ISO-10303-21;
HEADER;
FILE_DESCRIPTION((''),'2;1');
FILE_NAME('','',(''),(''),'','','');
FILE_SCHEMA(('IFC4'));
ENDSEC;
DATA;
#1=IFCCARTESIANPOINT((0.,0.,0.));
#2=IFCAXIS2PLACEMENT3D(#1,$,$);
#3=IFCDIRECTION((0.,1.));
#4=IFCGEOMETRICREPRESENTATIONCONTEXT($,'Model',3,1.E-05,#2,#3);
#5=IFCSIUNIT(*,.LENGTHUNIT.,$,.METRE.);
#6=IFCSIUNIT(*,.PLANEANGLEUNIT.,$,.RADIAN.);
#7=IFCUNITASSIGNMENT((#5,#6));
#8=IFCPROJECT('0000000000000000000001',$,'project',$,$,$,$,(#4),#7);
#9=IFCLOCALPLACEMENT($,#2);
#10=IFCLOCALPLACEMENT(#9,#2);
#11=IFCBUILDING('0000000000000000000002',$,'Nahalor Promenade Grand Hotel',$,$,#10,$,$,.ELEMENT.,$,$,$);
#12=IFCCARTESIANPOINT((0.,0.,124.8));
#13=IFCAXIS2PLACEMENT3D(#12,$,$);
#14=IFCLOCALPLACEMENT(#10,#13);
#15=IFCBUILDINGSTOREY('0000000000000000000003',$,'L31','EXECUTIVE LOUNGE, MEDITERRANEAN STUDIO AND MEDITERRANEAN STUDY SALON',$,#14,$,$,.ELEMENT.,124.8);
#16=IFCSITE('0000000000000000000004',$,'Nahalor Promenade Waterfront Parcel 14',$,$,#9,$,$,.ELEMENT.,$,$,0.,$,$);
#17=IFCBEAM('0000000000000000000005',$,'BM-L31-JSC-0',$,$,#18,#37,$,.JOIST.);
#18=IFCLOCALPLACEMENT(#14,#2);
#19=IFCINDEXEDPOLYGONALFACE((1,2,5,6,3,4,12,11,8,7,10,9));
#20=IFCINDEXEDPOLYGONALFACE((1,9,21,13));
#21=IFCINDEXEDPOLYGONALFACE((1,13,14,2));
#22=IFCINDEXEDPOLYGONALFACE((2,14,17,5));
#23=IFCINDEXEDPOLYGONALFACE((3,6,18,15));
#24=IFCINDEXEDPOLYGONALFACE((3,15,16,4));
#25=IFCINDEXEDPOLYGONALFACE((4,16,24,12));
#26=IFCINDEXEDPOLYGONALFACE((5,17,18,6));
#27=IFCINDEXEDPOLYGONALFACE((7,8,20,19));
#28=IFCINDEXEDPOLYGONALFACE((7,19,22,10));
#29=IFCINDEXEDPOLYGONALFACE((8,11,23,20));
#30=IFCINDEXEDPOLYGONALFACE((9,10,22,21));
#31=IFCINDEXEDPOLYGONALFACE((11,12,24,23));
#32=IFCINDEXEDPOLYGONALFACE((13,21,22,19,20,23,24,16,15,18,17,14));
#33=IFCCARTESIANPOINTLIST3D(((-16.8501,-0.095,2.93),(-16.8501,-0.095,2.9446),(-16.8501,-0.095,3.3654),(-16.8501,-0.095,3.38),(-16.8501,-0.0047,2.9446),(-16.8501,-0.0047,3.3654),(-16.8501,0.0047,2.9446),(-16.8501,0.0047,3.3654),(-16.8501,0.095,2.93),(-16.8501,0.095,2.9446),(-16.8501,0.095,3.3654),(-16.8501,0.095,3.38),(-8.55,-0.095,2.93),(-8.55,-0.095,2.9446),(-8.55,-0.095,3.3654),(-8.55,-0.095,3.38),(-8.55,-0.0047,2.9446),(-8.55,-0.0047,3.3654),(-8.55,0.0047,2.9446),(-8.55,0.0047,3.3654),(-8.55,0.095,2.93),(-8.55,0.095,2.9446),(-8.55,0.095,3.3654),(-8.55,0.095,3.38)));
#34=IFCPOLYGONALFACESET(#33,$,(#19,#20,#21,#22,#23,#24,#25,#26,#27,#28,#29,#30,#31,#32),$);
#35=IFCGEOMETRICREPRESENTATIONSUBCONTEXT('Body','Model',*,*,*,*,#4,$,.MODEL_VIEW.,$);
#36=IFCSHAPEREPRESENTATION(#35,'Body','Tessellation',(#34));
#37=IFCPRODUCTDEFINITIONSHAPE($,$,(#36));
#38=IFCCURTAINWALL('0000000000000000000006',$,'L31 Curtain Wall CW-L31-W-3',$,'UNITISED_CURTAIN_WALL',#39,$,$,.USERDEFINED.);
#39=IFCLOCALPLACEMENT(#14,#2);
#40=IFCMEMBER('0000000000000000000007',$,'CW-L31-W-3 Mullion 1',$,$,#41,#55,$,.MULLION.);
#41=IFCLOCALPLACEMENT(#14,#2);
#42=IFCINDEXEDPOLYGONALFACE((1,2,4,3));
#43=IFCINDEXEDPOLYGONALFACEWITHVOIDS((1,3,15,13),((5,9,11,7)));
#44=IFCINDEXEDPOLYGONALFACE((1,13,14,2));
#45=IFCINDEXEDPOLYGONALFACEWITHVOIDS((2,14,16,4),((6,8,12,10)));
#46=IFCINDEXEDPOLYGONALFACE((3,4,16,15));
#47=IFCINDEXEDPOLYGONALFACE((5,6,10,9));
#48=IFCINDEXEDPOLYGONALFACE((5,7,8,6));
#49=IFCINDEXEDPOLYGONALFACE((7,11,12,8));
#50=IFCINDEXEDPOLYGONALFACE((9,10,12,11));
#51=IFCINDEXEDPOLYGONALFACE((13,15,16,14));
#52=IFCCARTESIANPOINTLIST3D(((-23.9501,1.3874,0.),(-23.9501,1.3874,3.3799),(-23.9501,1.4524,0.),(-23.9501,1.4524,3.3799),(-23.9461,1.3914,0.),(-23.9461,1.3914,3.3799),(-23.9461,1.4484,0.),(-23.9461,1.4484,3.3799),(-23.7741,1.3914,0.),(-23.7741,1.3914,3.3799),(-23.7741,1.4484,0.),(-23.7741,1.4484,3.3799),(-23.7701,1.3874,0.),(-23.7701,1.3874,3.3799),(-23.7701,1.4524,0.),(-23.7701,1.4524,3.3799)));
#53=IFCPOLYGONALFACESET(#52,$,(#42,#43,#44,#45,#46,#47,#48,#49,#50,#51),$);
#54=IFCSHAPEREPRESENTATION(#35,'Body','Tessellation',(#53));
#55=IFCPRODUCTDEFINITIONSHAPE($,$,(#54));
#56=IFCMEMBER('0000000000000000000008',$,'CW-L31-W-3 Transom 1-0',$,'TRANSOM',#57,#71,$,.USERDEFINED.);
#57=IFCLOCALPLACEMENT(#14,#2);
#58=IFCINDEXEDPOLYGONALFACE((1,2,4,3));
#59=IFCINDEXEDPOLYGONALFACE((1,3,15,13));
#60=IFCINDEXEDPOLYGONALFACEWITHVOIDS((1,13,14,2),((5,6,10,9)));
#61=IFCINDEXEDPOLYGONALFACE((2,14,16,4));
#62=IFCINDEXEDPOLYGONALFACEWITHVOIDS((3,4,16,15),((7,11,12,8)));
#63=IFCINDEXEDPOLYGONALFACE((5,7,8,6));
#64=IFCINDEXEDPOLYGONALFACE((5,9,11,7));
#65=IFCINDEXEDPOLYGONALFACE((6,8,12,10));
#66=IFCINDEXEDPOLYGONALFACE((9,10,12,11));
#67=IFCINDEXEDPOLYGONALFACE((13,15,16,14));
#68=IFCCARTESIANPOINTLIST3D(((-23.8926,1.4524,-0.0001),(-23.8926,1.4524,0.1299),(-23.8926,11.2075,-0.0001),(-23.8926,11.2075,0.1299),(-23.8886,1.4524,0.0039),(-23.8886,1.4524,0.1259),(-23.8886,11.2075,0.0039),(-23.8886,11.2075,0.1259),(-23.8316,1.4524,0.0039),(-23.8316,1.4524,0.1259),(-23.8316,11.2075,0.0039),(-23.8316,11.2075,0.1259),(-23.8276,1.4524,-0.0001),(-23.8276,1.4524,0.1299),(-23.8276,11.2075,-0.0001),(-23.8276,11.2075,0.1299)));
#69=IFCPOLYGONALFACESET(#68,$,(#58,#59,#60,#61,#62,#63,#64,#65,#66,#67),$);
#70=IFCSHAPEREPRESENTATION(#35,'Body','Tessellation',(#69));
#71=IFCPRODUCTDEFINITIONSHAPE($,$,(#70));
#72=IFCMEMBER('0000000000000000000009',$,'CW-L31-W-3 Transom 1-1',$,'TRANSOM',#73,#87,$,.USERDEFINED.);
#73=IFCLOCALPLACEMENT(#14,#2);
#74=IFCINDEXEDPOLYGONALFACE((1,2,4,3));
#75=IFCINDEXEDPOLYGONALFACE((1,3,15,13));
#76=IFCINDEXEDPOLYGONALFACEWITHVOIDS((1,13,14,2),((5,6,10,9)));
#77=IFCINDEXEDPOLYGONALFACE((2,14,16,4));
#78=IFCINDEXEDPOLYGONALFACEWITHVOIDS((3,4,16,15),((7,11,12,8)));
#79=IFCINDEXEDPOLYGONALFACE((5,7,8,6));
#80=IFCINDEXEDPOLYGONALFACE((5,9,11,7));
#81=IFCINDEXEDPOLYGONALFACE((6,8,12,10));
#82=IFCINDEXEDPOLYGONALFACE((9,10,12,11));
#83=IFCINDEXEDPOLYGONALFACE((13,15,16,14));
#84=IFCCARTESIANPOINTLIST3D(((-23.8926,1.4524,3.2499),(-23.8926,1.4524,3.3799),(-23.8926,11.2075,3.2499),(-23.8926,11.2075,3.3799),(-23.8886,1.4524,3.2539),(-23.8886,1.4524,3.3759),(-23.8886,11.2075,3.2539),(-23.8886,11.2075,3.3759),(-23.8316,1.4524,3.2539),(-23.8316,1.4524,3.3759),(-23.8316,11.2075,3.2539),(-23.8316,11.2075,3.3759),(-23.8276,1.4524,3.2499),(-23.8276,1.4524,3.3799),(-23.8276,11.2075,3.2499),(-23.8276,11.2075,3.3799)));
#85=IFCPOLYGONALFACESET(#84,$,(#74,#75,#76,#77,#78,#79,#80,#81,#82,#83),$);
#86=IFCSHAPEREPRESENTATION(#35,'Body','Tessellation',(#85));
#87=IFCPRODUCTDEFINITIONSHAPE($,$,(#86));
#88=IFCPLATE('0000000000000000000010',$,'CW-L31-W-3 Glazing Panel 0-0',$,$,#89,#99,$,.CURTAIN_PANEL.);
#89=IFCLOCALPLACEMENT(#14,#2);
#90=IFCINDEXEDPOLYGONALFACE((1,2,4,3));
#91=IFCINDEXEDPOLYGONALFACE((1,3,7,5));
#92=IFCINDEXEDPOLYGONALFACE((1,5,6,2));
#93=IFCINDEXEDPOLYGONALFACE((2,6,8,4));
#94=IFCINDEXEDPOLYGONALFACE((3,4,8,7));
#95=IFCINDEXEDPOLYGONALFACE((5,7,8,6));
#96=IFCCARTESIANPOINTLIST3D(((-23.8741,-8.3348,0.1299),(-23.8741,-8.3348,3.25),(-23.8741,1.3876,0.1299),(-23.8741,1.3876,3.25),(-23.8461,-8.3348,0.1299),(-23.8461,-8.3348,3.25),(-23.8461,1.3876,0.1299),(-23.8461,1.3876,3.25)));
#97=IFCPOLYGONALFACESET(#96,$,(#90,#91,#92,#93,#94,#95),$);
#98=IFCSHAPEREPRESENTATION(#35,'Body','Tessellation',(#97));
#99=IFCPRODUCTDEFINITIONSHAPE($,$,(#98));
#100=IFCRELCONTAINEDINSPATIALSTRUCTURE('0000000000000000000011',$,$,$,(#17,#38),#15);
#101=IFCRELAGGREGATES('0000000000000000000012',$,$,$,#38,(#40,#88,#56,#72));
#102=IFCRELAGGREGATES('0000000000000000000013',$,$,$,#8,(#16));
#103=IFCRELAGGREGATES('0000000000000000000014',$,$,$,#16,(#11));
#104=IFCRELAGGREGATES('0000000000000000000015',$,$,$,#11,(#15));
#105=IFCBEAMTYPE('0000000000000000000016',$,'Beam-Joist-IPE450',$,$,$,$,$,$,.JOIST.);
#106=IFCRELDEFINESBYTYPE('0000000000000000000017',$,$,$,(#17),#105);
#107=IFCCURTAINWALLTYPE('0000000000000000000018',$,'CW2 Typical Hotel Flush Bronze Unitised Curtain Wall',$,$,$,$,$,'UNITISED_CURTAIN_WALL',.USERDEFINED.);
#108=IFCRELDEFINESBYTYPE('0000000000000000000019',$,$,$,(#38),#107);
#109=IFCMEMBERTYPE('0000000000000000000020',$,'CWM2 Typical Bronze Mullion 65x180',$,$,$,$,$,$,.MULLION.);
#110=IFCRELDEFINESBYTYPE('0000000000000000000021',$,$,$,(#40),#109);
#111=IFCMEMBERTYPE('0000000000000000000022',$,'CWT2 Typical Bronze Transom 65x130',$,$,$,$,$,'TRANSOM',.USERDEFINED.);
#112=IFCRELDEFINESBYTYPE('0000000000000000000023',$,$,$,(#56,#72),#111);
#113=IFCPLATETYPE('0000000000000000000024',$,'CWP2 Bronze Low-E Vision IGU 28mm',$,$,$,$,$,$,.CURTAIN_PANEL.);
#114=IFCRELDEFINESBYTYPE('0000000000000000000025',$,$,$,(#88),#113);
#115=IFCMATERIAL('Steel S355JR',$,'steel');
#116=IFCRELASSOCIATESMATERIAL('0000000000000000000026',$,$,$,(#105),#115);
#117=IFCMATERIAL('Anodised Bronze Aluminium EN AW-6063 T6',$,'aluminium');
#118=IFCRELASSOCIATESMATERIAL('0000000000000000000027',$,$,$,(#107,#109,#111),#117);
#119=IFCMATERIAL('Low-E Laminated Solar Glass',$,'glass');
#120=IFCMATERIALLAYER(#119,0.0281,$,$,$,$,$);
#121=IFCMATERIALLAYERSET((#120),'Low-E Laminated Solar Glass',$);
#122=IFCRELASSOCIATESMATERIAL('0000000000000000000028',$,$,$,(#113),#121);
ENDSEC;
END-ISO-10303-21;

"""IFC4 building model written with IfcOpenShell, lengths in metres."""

from ifc_helpers import new_model, si_unit, direction, frame, origin, origin_2d, place, context, subcontext, project, spatial, rectangle, hollow_rectangle, i_section, extrude, source, transform, mapped, material, layer, layer_set, material_profile, profile_set, type_object, element, aggregate, save


model = new_model("IFC4")

# Units and contexts
model_context = context("Model", 3, precision=1e-05, world=origin(), true_north=direction((0.0, 1.0)))
body_context = subcontext(model_context, "Body", "Model", "MODEL_VIEW")
ifc_project = project(units=[si_unit("LENGTHUNIT", "METRE"), si_unit("PLANEANGLEUNIT", "RADIAN")], contexts=[model_context])

# Site, building, storey
site_placement = place(None, origin())
site = spatial("IfcSite", under=ifc_project, at=site_placement, Name="Nahalor Promenade Waterfront Parcel 14", CompositionType="ELEMENT", RefElevation=0.0)
building_placement = place(site_placement, origin())
building = spatial("IfcBuilding", under=site, at=building_placement, Name="Nahalor Promenade Grand Hotel", CompositionType="ELEMENT")
storey_placement = place(building_placement, frame((0.0, 0.0, 124.8)))
storey = spatial("IfcBuildingStorey", under=building, at=storey_placement, Name="L31", Description="EXECUTIVE LOUNGE, MEDITERRANEAN STUDIO AND MEDITERRANEAN STUDY SALON", CompositionType="ELEMENT", Elevation=124.8)

# Beam
ifc_material_1 = material(Name="Steel S355JR", Category="steel")
ifc_material_profile_1 = material_profile(ifc_material_1, i_section(OverallWidth=0.19, OverallDepth=0.45, WebThickness=0.0094, FlangeThickness=0.0146, at=origin_2d()), Name="IPE 450")
ifc_profile_set_1 = profile_set([ifc_material_profile_1], Name="Steel S355JR")
beam_type = type_object("IfcBeamType", Name="Beam-Joist-IPE450", PredefinedType="JOIST", material=ifc_profile_set_1)
shared_shape_1 = source(origin(), body_context, "Body", "SweptSolid", [
    extrude(i_section(OverallWidth=0.19, OverallDepth=0.45, WebThickness=0.0094, FlangeThickness=0.0146, at=origin_2d()), origin(), (0.0, 0.0, 1.0), 8.3),
])
beam_placement = place(storey_placement, frame((-16.8501, 0.0, 3.155), z_axis=(1.0, 0.0, 0.0), x_axis=(0.0, 1.0, 0.0)))
element("IfcBeam", 1, at=beam_placement, inside=storey, type_object=beam_type, Name="BM-L31-JSC-0", PredefinedType="JOIST", context=body_context, shape_type="MappedRepresentation", body=[
    mapped(shared_shape_1, transform((0.0, 0.0, 0.0), scale=1.0)),
])

# Curtain wall, members, plate
ifc_material_2 = material(Name="Anodised Bronze Aluminium EN AW-6063 T6", Category="aluminium")
curtain_wall_type = type_object("IfcCurtainWallType", Name="CW2 Typical Hotel Flush Bronze Unitised Curtain Wall", ElementType="UNITISED_CURTAIN_WALL", PredefinedType="USERDEFINED", material=ifc_material_2)
curtain_wall_placement = place(storey_placement, origin())
curtain_wall = element("IfcCurtainWall", 2, at=curtain_wall_placement, inside=storey, type_object=curtain_wall_type, Name="L31 Curtain Wall CW-L31-W-3", ObjectType="UNITISED_CURTAIN_WALL", PredefinedType="USERDEFINED")
ifc_material_profile_2 = material_profile(ifc_material_2, hollow_rectangle(XDim=0.065, YDim=0.18, WallThickness=0.004, at=origin_2d()), Name="CWM 65x180x4")
ifc_profile_set_2 = profile_set([ifc_material_profile_2], Name="Anodised Bronze Aluminium EN AW-6063 T6")
member_type_1 = type_object("IfcMemberType", Name="CWM2 Typical Bronze Mullion 65x180", PredefinedType="MULLION", material=ifc_profile_set_2)
shared_shape_2 = source(origin(), body_context, "Body", "SweptSolid", [
    extrude(hollow_rectangle(XDim=0.065, YDim=0.18, WallThickness=0.004, at=origin_2d()), origin(), (0.0, 0.0, 1.0), 3.3799),
])
member_1_placement = place(storey_placement, frame((-23.8601, 1.4199, 0.0), z_axis=(0.0, 0.0, 1.0), x_axis=(0.0, 1.0, 0.0)))
member_1 = element("IfcMember", 3, at=member_1_placement, type_object=member_type_1, Name="CW-L31-W-3 Mullion 1", PredefinedType="MULLION", context=body_context, shape_type="MappedRepresentation", body=[
    mapped(shared_shape_2, transform((0.0, 0.0, 0.0), scale=1.0)),
])
ifc_material_profile_3 = material_profile(ifc_material_2, hollow_rectangle(XDim=0.065, YDim=0.13, WallThickness=0.004, at=origin_2d()), Name="CWT 65x130x4")
ifc_profile_set_3 = profile_set([ifc_material_profile_3], Name="Anodised Bronze Aluminium EN AW-6063 T6")
member_type_2 = type_object("IfcMemberType", Name="CWT2 Typical Bronze Transom 65x130", ElementType="TRANSOM", PredefinedType="USERDEFINED", material=ifc_profile_set_3)
shared_shape_3 = source(origin(), body_context, "Body", "SweptSolid", [
    extrude(hollow_rectangle(XDim=0.065, YDim=0.13, WallThickness=0.004, at=origin_2d()), origin(), (0.0, 0.0, 1.0), 9.7551),
])
member_2_placement = place(storey_placement, frame((-23.8601, 1.4524, 0.0649), z_axis=(0.0, 1.0, 0.0), x_axis=(-1.0, 0.0, 0.0)))
member_2 = element("IfcMember", 4, at=member_2_placement, type_object=member_type_2, Name="CW-L31-W-3 Transom 1-0", ObjectType="TRANSOM", PredefinedType="USERDEFINED", context=body_context, shape_type="MappedRepresentation", body=[
    mapped(shared_shape_3, transform((0.0, 0.0, 0.0), scale=1.0)),
])
member_3_placement = place(storey_placement, frame((-23.8601, 1.4524, 3.3149), z_axis=(0.0, 1.0, 0.0), x_axis=(-1.0, 0.0, 0.0)))
member_3 = element("IfcMember", 5, at=member_3_placement, type_object=member_type_2, Name="CW-L31-W-3 Transom 1-1", ObjectType="TRANSOM", PredefinedType="USERDEFINED", context=body_context, shape_type="MappedRepresentation", body=[
    mapped(shared_shape_3, transform((0.0, 0.0, 0.0), scale=1.0)),
])
ifc_material_3 = material(Name="Low-E Laminated Solar Glass", Category="glass")
ifc_layer_1 = layer(ifc_material_3, 0.0281)
ifc_layer_set_1 = layer_set([ifc_layer_1], Name="Low-E Laminated Solar Glass")
plate_type = type_object("IfcPlateType", Name="CWP2 Bronze Low-E Vision IGU 28mm", PredefinedType="CURTAIN_PANEL", material=ifc_layer_set_1)
shared_shape_4 = source(origin(), body_context, "Body", "SweptSolid", [
    extrude(rectangle(XDim=9.7224, YDim=0.0281, at=origin_2d()), origin(), (0.0, 0.0, 1.0), 3.1201),
])
plate_placement = place(storey_placement, frame((-23.8601, -3.4736, 0.1299), z_axis=(0.0, 0.0, 1.0), x_axis=(0.0, 1.0, 0.0)))
plate = element("IfcPlate", 6, at=plate_placement, type_object=plate_type, Name="CW-L31-W-3 Glazing Panel 0-0", PredefinedType="CURTAIN_PANEL", context=body_context, shape_type="MappedRepresentation", body=[
    mapped(shared_shape_4, transform((0.0, 0.0, 0.0), scale=1.0)),
])
aggregate(curtain_wall, [member_1, plate, member_2, member_3])

save(model, "model.ifc")
